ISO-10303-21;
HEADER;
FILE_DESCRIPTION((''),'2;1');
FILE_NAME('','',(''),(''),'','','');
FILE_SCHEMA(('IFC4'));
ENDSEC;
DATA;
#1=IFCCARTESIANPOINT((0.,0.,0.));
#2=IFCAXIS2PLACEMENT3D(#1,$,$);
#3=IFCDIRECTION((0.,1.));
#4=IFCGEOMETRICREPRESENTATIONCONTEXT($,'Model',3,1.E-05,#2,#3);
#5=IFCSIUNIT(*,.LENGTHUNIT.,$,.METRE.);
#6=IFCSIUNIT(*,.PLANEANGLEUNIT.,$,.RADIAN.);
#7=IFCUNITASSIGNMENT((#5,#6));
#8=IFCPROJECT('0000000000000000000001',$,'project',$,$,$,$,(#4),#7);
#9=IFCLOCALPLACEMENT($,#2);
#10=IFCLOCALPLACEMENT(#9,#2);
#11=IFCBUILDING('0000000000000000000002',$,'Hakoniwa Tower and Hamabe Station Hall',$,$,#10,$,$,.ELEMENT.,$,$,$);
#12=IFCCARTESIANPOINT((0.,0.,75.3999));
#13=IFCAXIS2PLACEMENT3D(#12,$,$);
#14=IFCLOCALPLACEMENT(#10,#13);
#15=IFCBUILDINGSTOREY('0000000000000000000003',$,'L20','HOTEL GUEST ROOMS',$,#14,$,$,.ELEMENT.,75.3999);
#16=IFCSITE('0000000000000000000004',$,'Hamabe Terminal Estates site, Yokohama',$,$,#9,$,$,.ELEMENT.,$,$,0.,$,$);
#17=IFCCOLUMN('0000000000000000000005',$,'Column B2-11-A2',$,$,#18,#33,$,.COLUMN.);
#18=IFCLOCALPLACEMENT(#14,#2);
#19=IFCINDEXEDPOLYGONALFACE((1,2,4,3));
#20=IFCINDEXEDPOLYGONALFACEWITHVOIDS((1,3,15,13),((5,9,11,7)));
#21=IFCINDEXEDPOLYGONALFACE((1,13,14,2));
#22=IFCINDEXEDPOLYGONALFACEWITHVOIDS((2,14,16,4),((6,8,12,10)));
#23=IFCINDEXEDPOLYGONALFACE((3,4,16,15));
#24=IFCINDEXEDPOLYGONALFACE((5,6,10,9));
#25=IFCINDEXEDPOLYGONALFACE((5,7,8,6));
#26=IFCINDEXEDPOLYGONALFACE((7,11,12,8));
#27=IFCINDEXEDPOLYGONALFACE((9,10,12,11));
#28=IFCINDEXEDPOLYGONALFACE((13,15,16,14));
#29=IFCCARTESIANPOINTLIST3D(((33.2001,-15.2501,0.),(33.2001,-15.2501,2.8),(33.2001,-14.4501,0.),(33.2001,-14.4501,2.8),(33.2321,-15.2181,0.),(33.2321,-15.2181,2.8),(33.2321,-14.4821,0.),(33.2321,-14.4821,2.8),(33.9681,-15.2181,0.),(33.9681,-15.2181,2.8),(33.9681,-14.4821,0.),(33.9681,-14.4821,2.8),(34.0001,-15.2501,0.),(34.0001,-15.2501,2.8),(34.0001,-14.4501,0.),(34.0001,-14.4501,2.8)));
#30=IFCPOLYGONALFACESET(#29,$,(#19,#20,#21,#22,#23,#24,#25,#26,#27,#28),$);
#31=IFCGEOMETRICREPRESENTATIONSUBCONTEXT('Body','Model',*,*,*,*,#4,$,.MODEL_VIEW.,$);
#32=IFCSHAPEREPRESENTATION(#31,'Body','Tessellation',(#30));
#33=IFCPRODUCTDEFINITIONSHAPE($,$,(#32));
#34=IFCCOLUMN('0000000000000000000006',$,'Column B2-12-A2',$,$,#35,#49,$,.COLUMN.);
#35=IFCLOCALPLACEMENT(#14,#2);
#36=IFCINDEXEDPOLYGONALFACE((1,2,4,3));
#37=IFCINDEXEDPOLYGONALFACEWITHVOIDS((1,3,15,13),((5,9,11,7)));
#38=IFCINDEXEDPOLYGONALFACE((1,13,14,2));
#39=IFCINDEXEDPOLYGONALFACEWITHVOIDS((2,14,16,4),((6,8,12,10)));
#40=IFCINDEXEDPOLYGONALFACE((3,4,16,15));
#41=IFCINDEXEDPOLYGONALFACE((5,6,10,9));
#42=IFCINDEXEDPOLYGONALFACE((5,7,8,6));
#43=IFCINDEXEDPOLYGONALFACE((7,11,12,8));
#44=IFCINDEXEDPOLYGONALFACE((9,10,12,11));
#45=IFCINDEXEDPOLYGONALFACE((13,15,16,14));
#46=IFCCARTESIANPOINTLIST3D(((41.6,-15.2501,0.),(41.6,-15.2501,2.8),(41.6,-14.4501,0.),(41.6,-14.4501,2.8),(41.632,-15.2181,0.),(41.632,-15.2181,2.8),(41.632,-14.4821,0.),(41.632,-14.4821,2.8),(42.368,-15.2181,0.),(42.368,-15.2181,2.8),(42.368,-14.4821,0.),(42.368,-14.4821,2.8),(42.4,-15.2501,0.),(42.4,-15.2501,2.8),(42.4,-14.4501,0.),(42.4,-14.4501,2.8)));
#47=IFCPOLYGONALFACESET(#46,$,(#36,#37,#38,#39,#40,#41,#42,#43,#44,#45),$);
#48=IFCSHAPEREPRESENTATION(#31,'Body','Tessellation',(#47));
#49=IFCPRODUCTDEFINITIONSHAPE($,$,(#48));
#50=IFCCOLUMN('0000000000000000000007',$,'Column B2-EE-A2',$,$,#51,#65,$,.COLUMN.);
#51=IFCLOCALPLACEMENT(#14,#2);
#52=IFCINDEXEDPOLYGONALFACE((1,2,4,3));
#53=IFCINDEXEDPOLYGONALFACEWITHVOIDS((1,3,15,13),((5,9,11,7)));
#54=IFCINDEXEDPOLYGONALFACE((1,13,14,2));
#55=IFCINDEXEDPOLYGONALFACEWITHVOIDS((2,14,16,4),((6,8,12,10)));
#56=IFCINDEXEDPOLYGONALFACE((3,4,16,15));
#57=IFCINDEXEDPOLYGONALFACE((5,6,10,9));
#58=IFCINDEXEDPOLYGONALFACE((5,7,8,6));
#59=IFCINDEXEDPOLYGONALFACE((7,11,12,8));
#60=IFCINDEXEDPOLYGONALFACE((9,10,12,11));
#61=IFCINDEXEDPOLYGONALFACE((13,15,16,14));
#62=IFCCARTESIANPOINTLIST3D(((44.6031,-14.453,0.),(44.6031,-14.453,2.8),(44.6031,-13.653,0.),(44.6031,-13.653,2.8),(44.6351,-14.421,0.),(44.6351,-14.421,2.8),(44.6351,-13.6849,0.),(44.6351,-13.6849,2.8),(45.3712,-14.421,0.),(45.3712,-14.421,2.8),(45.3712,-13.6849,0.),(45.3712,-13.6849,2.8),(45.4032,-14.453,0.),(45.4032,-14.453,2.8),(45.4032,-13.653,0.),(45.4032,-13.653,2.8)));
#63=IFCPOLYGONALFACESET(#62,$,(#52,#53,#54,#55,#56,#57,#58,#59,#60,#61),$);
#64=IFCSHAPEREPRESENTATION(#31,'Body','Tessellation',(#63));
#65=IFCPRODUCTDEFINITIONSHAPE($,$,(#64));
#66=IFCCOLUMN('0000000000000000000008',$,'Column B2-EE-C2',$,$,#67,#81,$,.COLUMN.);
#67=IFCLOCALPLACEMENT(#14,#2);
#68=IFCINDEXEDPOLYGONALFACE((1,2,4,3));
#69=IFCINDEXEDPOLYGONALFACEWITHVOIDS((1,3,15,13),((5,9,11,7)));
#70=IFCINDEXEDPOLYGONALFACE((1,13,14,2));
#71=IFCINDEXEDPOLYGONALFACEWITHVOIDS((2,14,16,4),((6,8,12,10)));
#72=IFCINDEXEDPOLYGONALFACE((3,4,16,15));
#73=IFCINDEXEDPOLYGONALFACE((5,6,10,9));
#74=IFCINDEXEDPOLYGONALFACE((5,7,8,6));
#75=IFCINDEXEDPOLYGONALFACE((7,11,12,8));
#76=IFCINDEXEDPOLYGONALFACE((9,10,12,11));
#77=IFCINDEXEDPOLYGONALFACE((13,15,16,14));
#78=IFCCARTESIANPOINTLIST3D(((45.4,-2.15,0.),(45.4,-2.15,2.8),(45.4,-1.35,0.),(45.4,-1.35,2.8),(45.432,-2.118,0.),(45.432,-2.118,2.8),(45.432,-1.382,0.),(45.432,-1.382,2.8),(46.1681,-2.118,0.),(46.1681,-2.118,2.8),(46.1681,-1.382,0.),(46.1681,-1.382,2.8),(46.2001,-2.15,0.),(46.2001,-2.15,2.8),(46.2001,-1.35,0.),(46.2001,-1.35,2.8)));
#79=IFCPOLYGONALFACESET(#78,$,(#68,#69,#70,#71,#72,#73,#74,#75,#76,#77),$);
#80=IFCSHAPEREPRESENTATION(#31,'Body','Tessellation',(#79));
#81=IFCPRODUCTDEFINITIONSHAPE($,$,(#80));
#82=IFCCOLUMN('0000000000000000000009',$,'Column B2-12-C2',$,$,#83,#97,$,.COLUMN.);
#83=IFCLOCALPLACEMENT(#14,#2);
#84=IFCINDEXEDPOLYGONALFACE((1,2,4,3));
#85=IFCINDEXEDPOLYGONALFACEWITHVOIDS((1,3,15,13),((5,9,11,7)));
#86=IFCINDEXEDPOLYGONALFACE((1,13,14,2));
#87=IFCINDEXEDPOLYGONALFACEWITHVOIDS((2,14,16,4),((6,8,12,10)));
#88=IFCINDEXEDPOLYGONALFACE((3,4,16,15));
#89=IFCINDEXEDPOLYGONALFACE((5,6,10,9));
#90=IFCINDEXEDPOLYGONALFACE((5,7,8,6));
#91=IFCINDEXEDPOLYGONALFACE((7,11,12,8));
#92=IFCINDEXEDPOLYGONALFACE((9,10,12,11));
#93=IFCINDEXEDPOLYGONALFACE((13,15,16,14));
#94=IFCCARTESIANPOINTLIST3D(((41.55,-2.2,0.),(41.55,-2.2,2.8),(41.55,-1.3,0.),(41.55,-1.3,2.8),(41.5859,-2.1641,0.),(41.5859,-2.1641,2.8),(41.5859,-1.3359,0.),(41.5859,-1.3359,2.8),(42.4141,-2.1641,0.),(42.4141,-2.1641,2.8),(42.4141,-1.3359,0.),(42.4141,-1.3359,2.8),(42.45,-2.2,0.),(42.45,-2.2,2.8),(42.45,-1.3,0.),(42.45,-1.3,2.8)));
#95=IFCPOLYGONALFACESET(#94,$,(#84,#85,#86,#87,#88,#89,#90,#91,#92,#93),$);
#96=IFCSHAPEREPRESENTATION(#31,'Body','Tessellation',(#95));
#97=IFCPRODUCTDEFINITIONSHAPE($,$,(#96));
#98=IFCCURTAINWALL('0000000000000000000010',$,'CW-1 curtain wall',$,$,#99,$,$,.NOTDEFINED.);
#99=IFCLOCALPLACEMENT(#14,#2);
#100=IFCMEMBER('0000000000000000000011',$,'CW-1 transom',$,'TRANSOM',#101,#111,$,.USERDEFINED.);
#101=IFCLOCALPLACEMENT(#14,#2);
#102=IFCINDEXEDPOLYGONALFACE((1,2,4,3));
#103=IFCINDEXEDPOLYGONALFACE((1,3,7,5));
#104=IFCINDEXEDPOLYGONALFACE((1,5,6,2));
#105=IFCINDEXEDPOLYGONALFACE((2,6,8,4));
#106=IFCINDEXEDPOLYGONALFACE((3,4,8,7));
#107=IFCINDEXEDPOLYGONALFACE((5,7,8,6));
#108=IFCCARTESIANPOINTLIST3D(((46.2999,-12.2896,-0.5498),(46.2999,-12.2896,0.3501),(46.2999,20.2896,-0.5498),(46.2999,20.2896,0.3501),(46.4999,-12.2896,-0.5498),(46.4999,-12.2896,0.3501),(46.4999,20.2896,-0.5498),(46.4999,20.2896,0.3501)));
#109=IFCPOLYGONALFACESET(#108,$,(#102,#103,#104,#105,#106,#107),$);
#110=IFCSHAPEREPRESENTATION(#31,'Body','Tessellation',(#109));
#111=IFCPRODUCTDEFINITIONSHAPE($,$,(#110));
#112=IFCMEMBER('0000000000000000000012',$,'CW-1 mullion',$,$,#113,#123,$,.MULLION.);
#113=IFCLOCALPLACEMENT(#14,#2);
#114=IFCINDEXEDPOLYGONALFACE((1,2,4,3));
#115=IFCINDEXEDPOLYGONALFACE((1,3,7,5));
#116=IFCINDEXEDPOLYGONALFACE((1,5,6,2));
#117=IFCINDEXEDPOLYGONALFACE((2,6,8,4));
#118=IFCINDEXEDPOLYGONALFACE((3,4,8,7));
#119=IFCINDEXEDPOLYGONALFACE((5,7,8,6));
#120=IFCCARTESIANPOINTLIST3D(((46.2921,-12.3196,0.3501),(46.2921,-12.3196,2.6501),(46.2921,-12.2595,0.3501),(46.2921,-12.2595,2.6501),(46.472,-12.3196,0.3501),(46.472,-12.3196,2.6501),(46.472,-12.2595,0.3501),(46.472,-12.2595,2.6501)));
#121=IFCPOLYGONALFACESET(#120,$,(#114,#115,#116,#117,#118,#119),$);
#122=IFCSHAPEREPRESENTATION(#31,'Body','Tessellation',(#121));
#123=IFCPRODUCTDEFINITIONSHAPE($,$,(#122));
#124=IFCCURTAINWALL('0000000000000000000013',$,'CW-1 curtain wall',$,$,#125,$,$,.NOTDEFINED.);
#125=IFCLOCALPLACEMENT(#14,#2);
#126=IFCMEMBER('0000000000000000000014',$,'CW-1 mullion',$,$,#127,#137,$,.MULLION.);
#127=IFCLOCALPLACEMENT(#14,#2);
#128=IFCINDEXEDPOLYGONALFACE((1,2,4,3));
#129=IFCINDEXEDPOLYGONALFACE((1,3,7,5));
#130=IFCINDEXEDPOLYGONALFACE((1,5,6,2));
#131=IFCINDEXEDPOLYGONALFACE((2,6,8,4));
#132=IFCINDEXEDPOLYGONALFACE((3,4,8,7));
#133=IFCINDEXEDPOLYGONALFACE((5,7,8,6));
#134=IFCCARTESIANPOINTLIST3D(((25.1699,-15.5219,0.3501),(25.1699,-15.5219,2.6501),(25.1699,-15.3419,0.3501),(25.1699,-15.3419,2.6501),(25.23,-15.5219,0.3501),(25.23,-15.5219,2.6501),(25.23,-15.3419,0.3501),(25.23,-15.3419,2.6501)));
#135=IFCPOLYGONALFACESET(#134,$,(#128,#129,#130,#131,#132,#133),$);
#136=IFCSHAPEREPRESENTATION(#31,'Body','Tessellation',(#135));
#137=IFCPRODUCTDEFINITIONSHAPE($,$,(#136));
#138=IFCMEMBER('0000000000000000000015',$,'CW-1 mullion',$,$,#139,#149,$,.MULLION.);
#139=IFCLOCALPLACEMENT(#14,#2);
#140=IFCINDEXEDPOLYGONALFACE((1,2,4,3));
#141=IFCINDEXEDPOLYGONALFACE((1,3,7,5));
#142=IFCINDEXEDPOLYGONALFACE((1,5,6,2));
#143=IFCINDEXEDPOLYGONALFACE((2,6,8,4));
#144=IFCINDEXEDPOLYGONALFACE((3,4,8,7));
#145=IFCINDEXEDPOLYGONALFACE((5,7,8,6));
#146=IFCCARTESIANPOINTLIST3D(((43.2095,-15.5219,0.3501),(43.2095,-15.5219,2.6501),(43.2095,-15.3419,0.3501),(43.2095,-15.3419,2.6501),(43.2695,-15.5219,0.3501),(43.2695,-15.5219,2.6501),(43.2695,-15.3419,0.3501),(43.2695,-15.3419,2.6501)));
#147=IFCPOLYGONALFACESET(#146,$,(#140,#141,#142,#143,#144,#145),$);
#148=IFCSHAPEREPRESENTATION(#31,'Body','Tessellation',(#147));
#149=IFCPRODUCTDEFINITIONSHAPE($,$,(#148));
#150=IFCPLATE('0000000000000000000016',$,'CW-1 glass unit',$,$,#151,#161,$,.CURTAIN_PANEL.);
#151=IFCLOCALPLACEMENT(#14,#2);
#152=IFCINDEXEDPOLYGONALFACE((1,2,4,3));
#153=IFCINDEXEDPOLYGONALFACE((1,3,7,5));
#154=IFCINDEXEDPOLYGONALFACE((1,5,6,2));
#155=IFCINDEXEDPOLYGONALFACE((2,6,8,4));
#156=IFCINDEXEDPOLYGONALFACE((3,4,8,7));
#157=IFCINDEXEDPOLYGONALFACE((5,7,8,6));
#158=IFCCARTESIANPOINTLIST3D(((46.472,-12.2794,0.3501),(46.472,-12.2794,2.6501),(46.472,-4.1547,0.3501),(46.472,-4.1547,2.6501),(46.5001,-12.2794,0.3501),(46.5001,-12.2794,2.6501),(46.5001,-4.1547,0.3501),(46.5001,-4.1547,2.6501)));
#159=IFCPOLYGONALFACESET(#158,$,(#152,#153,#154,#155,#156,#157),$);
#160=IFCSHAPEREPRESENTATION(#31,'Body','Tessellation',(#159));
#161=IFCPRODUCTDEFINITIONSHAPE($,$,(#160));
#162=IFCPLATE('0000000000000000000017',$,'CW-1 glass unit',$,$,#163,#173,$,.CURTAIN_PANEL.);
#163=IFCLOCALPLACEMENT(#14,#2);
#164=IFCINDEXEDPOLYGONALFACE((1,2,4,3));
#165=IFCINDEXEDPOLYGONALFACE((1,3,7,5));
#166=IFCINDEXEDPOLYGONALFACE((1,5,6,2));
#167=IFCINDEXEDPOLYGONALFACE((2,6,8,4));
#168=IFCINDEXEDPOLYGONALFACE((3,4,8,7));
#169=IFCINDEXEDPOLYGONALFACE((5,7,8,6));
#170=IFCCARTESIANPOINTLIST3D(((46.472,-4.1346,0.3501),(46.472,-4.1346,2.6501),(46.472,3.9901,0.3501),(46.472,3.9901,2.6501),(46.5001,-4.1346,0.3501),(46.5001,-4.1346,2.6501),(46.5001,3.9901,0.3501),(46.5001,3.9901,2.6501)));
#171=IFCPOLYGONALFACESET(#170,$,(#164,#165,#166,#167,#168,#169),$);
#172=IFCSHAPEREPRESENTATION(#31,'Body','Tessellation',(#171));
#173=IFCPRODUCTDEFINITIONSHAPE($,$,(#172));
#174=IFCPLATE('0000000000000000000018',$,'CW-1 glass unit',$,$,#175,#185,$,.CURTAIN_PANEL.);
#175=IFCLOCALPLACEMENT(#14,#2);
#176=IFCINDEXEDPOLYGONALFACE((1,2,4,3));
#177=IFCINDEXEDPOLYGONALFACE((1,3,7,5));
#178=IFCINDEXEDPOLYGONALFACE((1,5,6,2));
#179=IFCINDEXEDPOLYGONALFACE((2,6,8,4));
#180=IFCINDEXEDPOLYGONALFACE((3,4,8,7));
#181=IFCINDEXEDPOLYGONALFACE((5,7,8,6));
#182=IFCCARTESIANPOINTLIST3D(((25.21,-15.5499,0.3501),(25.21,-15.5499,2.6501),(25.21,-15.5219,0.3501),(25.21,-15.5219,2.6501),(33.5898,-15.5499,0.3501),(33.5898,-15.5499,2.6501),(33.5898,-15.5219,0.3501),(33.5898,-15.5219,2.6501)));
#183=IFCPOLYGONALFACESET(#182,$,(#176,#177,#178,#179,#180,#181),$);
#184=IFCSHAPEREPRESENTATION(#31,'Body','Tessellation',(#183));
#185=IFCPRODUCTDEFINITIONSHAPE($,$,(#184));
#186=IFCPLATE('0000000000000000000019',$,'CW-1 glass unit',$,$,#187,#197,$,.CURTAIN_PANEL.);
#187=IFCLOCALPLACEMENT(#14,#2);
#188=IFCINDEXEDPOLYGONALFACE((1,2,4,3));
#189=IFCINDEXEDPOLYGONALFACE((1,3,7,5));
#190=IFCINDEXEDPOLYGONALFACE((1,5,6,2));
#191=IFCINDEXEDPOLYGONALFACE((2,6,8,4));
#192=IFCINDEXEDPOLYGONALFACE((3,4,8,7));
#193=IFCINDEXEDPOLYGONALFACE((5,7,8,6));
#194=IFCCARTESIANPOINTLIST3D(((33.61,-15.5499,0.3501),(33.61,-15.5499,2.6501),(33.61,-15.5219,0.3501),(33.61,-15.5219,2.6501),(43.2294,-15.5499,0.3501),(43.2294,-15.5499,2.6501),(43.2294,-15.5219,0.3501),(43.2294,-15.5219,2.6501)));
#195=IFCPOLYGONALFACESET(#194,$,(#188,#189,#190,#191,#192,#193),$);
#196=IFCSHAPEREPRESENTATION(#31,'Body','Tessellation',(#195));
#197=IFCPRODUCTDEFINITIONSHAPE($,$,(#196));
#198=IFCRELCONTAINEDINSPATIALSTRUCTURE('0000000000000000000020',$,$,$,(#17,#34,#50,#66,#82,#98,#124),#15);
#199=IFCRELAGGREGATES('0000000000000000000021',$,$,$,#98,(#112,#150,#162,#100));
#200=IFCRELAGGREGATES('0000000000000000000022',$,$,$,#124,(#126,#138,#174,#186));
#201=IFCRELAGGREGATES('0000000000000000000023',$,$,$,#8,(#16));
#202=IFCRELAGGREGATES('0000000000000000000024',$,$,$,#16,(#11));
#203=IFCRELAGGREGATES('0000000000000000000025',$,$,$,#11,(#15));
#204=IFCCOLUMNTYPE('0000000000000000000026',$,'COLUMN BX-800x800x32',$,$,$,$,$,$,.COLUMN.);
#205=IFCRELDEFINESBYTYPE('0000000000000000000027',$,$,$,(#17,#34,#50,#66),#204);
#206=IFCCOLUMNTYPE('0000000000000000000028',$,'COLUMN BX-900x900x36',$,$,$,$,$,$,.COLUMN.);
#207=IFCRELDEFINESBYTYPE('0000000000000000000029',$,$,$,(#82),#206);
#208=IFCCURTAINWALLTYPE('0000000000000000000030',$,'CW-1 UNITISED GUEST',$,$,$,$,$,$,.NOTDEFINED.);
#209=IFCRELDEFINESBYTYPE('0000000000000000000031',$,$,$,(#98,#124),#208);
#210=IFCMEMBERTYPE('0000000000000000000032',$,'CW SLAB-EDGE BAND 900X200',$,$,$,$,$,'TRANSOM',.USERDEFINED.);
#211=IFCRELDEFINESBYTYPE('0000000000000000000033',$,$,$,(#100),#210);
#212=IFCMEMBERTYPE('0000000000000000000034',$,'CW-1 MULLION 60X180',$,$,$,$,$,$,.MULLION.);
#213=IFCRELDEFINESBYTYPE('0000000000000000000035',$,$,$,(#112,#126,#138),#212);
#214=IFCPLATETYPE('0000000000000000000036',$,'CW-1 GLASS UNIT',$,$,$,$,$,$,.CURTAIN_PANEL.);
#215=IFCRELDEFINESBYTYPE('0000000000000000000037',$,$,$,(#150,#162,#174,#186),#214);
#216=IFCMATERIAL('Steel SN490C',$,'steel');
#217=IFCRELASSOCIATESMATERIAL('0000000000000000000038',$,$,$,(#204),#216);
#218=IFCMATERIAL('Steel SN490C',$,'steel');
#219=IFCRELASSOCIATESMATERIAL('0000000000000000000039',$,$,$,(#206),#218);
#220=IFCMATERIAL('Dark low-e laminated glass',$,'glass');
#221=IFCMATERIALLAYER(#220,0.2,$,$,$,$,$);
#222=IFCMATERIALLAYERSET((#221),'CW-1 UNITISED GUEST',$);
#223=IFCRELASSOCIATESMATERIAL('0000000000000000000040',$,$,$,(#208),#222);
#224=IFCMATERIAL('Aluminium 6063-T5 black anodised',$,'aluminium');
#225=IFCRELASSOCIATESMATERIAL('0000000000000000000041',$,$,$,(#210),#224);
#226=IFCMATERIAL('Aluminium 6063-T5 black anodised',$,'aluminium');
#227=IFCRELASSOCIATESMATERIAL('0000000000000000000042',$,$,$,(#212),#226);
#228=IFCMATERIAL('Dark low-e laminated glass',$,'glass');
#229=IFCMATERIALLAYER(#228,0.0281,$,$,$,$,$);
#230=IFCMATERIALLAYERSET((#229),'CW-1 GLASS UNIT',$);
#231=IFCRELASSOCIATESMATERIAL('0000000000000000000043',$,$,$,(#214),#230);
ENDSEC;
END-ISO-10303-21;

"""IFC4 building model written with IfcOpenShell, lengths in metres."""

from ifc_helpers import new_model, si_unit, direction, frame, origin, origin_2d, place, context, subcontext, project, spatial, rectangle, hollow_rectangle, extrude, material, layer, layer_set, material_profile, profile_set, type_object, element, aggregate, save


model = new_model("IFC4")

# Units and contexts
model_context = context("Model", 3, precision=1e-05, world=origin(), true_north=direction((0.0, 1.0)))
body_context = subcontext(model_context, "Body", "Model", "MODEL_VIEW")
ifc_project = project(units=[si_unit("LENGTHUNIT", "METRE"), si_unit("PLANEANGLEUNIT", "RADIAN")], contexts=[model_context])

# Site, building, storey
site_placement = place(None, origin())
site = spatial("IfcSite", under=ifc_project, at=site_placement, Name="Hamabe Terminal Estates site, Yokohama", CompositionType="ELEMENT", RefElevation=0.0)
building_placement = place(site_placement, origin())
building = spatial("IfcBuilding", under=site, at=building_placement, Name="Hakoniwa Tower and Hamabe Station Hall", CompositionType="ELEMENT")
storey_placement = place(building_placement, frame((0.0, 0.0, 75.3999)))
storey = spatial("IfcBuildingStorey", under=building, at=storey_placement, Name="L20", Description="HOTEL GUEST ROOMS", CompositionType="ELEMENT", Elevation=75.3999)

# Columns
ifc_material_1 = material(Name="Steel SN490C", Category="steel")
ifc_material_profile_1 = material_profile(ifc_material_1, hollow_rectangle(XDim=0.8, YDim=0.8, WallThickness=0.032, at=origin_2d()), Name="BX-800x800x32")
ifc_profile_set_1 = profile_set([ifc_material_profile_1], Name="Steel SN490C")
column_type_1 = type_object("IfcColumnType", Name="COLUMN BX-800x800x32", PredefinedType="COLUMN", material=ifc_profile_set_1)
for number, where, z_axis, x_axis, name in (
    (1, (33.6001, -14.8501, 0.0), (0.0, 0.0, 1.0), (1.0, 0.0, 0.0), "Column B2-11-A2"),
    (2, (42.0, -14.8501, 0.0), (0.0, 0.0, 1.0), (1.0, 0.0, 0.0), "Column B2-12-A2"),
    (3, (45.0032, -14.053, 0.0), (0.0, 0.0, 1.0), (1.0, 0.0, 0.0), "Column B2-EE-A2"),
    (4, (45.8, -1.75, 0.0), (0.0, 0.0, 1.0), (1.0, 0.0, 0.0), "Column B2-EE-C2"),
):
    element("IfcColumn", number, at=place(storey_placement, frame(where, z_axis=z_axis, x_axis=x_axis)), inside=storey, type_object=column_type_1, Name=name, PredefinedType="COLUMN", context=body_context, shape_type="SweptSolid", body=[
        extrude(hollow_rectangle(XDim=0.8, YDim=0.8, WallThickness=0.032, at=origin_2d()), origin(), (0.0, 0.0, 1.0), 2.8),
    ])
ifc_material_2 = material(Name="Steel SN490C", Category="steel")
ifc_material_profile_2 = material_profile(ifc_material_2, hollow_rectangle(XDim=0.8999, YDim=0.8999, WallThickness=0.0359, at=origin_2d()), Name="BX-900x900x36")
ifc_profile_set_2 = profile_set([ifc_material_profile_2], Name="Steel SN490C")
column_type_2 = type_object("IfcColumnType", Name="COLUMN BX-900x900x36", PredefinedType="COLUMN", material=ifc_profile_set_2)
column_placement = place(storey_placement, frame((42.0, -1.75, 0.0), z_axis=(0.0, 0.0, 1.0), x_axis=(1.0, 0.0, 0.0)))
element("IfcColumn", 5, at=column_placement, inside=storey, type_object=column_type_2, Name="Column B2-12-C2", PredefinedType="COLUMN", context=body_context, shape_type="SweptSolid", body=[
    extrude(hollow_rectangle(XDim=0.8999, YDim=0.8999, WallThickness=0.0359, at=origin_2d()), origin(), (0.0, 0.0, 1.0), 2.8),
])

# Curtain walls, members
ifc_material_3 = material(Name="Dark low-e laminated glass", Category="glass")
ifc_layer_1 = layer(ifc_material_3, 0.2)
ifc_layer_set_1 = layer_set([ifc_layer_1], Name="CW-1 UNITISED GUEST")
curtain_wall_type = type_object("IfcCurtainWallType", Name="CW-1 UNITISED GUEST", PredefinedType="NOTDEFINED", material=ifc_layer_set_1)
curtain_wall_1_placement = place(storey_placement, origin())
curtain_wall_1 = element("IfcCurtainWall", 6, at=curtain_wall_1_placement, inside=storey, type_object=curtain_wall_type, Name="CW-1 curtain wall", PredefinedType="NOTDEFINED")
ifc_material_4 = material(Name="Aluminium 6063-T5 black anodised", Category="aluminium")
ifc_material_profile_3 = material_profile(ifc_material_4, rectangle(XDim=0.2, YDim=0.8999, at=origin_2d()), Name="CW SLAB-EDGE BAND 900X200")
ifc_profile_set_3 = profile_set([ifc_material_profile_3], Name="Aluminium 6063-T5 black anodised")
member_type_1 = type_object("IfcMemberType", Name="CW SLAB-EDGE BAND 900X200", ElementType="TRANSOM", PredefinedType="USERDEFINED", material=ifc_profile_set_3)
member_1_placement = place(storey_placement, frame((46.3999, -12.2896, -0.0999), z_axis=(0.0, 1.0, 0.0), x_axis=(-1.0, 0.0, 0.0)))
member_1 = element("IfcMember", 7, at=member_1_placement, type_object=member_type_1, Name="CW-1 transom", ObjectType="TRANSOM", PredefinedType="USERDEFINED", context=body_context, shape_type="SweptSolid", body=[
    extrude(rectangle(XDim=0.2, YDim=0.8999, at=origin_2d()), origin(), (0.0, 0.0, 1.0), 32.5791),
])
ifc_material_5 = material(Name="Aluminium 6063-T5 black anodised", Category="aluminium")
ifc_material_profile_4 = material_profile(ifc_material_5, rectangle(XDim=0.0601, YDim=0.1799, at=origin_2d()), Name="CW-1 MULLION 60X180")
ifc_profile_set_4 = profile_set([ifc_material_profile_4], Name="Aluminium 6063-T5 black anodised")
member_type_2 = type_object("IfcMemberType", Name="CW-1 MULLION 60X180", PredefinedType="MULLION", material=ifc_profile_set_4)
member_2_placement = place(storey_placement, frame((46.3821, -12.2896, 0.3501), z_axis=(0.0, 0.0, 1.0), x_axis=(0.0, 1.0, 0.0)))
member_2 = element("IfcMember", 8, at=member_2_placement, type_object=member_type_2, Name="CW-1 mullion", PredefinedType="MULLION", context=body_context, shape_type="SweptSolid", body=[
    extrude(rectangle(XDim=0.0601, YDim=0.1799, at=origin_2d()), origin(), (0.0, 0.0, 1.0), 2.3),
])
curtain_wall_2_placement = place(storey_placement, origin())
curtain_wall_2 = element("IfcCurtainWall", 9, at=curtain_wall_2_placement, inside=storey, type_object=curtain_wall_type, Name="CW-1 curtain wall", PredefinedType="NOTDEFINED")
member_3_placement = place(storey_placement, frame((25.2, -15.4319, 0.3501), z_axis=(0.0, 0.0, 1.0), x_axis=(1.0, 0.0, 0.0)))
member_3 = element("IfcMember", 10, at=member_3_placement, type_object=member_type_2, Name="CW-1 mullion", PredefinedType="MULLION", context=body_context, shape_type="SweptSolid", body=[
    extrude(rectangle(XDim=0.0601, YDim=0.1799, at=origin_2d()), origin(), (0.0, 0.0, 1.0), 2.3),
])
member_4_placement = place(storey_placement, frame((43.2395, -15.4319, 0.3501), z_axis=(0.0, 0.0, 1.0), x_axis=(1.0, 0.0, 0.0)))
member_4 = element("IfcMember", 11, at=member_4_placement, type_object=member_type_2, Name="CW-1 mullion", PredefinedType="MULLION", context=body_context, shape_type="SweptSolid", body=[
    extrude(rectangle(XDim=0.0601, YDim=0.1799, at=origin_2d()), origin(), (0.0, 0.0, 1.0), 2.3),
])

# Plates
ifc_material_6 = material(Name="Dark low-e laminated glass", Category="glass")
ifc_layer_2 = layer(ifc_material_6, 0.0281)
ifc_layer_set_2 = layer_set([ifc_layer_2], Name="CW-1 GLASS UNIT")
plate_type = type_object("IfcPlateType", Name="CW-1 GLASS UNIT", PredefinedType="CURTAIN_PANEL", material=ifc_layer_set_2)
plate_1_placement = place(storey_placement, frame((46.4861, -8.217, 0.3501), z_axis=(0.0, 0.0, 1.0), x_axis=(0.0, 1.0, 0.0)))
plate_1 = element("IfcPlate", 12, at=plate_1_placement, type_object=plate_type, Name="CW-1 glass unit", PredefinedType="CURTAIN_PANEL", context=body_context, shape_type="SweptSolid", body=[
    extrude(rectangle(XDim=8.1248, YDim=0.0281, at=origin_2d()), origin(), (0.0, 0.0, 1.0), 2.3),
])
plate_2_placement = place(storey_placement, frame((46.4861, -0.0723, 0.3501), z_axis=(0.0, 0.0, 1.0), x_axis=(0.0, 1.0, 0.0)))
plate_2 = element("IfcPlate", 13, at=plate_2_placement, type_object=plate_type, Name="CW-1 glass unit", PredefinedType="CURTAIN_PANEL", context=body_context, shape_type="SweptSolid", body=[
    extrude(rectangle(XDim=8.1248, YDim=0.0281, at=origin_2d()), origin(), (0.0, 0.0, 1.0), 2.3),
])
aggregate(curtain_wall_1, [member_2, plate_1, plate_2, member_1])
plate_3_placement = place(storey_placement, frame((29.3999, -15.5359, 0.3501), z_axis=(0.0, 0.0, 1.0), x_axis=(1.0, 0.0, 0.0)))
plate_3 = element("IfcPlate", 14, at=plate_3_placement, type_object=plate_type, Name="CW-1 glass unit", PredefinedType="CURTAIN_PANEL", context=body_context, shape_type="SweptSolid", body=[
    extrude(rectangle(XDim=8.3799, YDim=0.0281, at=origin_2d()), origin(), (0.0, 0.0, 1.0), 2.3),
])
plate_4_placement = place(storey_placement, frame((38.4197, -15.5359, 0.3501), z_axis=(0.0, 0.0, 1.0), x_axis=(1.0, 0.0, 0.0)))
plate_4 = element("IfcPlate", 15, at=plate_4_placement, type_object=plate_type, Name="CW-1 glass unit", PredefinedType="CURTAIN_PANEL", context=body_context, shape_type="SweptSolid", body=[
    extrude(rectangle(XDim=9.6194, YDim=0.0281, at=origin_2d()), origin(), (0.0, 0.0, 1.0), 2.3),
])
aggregate(curtain_wall_2, [member_3, member_4, plate_3, plate_4])

save(model, "model.ifc")
